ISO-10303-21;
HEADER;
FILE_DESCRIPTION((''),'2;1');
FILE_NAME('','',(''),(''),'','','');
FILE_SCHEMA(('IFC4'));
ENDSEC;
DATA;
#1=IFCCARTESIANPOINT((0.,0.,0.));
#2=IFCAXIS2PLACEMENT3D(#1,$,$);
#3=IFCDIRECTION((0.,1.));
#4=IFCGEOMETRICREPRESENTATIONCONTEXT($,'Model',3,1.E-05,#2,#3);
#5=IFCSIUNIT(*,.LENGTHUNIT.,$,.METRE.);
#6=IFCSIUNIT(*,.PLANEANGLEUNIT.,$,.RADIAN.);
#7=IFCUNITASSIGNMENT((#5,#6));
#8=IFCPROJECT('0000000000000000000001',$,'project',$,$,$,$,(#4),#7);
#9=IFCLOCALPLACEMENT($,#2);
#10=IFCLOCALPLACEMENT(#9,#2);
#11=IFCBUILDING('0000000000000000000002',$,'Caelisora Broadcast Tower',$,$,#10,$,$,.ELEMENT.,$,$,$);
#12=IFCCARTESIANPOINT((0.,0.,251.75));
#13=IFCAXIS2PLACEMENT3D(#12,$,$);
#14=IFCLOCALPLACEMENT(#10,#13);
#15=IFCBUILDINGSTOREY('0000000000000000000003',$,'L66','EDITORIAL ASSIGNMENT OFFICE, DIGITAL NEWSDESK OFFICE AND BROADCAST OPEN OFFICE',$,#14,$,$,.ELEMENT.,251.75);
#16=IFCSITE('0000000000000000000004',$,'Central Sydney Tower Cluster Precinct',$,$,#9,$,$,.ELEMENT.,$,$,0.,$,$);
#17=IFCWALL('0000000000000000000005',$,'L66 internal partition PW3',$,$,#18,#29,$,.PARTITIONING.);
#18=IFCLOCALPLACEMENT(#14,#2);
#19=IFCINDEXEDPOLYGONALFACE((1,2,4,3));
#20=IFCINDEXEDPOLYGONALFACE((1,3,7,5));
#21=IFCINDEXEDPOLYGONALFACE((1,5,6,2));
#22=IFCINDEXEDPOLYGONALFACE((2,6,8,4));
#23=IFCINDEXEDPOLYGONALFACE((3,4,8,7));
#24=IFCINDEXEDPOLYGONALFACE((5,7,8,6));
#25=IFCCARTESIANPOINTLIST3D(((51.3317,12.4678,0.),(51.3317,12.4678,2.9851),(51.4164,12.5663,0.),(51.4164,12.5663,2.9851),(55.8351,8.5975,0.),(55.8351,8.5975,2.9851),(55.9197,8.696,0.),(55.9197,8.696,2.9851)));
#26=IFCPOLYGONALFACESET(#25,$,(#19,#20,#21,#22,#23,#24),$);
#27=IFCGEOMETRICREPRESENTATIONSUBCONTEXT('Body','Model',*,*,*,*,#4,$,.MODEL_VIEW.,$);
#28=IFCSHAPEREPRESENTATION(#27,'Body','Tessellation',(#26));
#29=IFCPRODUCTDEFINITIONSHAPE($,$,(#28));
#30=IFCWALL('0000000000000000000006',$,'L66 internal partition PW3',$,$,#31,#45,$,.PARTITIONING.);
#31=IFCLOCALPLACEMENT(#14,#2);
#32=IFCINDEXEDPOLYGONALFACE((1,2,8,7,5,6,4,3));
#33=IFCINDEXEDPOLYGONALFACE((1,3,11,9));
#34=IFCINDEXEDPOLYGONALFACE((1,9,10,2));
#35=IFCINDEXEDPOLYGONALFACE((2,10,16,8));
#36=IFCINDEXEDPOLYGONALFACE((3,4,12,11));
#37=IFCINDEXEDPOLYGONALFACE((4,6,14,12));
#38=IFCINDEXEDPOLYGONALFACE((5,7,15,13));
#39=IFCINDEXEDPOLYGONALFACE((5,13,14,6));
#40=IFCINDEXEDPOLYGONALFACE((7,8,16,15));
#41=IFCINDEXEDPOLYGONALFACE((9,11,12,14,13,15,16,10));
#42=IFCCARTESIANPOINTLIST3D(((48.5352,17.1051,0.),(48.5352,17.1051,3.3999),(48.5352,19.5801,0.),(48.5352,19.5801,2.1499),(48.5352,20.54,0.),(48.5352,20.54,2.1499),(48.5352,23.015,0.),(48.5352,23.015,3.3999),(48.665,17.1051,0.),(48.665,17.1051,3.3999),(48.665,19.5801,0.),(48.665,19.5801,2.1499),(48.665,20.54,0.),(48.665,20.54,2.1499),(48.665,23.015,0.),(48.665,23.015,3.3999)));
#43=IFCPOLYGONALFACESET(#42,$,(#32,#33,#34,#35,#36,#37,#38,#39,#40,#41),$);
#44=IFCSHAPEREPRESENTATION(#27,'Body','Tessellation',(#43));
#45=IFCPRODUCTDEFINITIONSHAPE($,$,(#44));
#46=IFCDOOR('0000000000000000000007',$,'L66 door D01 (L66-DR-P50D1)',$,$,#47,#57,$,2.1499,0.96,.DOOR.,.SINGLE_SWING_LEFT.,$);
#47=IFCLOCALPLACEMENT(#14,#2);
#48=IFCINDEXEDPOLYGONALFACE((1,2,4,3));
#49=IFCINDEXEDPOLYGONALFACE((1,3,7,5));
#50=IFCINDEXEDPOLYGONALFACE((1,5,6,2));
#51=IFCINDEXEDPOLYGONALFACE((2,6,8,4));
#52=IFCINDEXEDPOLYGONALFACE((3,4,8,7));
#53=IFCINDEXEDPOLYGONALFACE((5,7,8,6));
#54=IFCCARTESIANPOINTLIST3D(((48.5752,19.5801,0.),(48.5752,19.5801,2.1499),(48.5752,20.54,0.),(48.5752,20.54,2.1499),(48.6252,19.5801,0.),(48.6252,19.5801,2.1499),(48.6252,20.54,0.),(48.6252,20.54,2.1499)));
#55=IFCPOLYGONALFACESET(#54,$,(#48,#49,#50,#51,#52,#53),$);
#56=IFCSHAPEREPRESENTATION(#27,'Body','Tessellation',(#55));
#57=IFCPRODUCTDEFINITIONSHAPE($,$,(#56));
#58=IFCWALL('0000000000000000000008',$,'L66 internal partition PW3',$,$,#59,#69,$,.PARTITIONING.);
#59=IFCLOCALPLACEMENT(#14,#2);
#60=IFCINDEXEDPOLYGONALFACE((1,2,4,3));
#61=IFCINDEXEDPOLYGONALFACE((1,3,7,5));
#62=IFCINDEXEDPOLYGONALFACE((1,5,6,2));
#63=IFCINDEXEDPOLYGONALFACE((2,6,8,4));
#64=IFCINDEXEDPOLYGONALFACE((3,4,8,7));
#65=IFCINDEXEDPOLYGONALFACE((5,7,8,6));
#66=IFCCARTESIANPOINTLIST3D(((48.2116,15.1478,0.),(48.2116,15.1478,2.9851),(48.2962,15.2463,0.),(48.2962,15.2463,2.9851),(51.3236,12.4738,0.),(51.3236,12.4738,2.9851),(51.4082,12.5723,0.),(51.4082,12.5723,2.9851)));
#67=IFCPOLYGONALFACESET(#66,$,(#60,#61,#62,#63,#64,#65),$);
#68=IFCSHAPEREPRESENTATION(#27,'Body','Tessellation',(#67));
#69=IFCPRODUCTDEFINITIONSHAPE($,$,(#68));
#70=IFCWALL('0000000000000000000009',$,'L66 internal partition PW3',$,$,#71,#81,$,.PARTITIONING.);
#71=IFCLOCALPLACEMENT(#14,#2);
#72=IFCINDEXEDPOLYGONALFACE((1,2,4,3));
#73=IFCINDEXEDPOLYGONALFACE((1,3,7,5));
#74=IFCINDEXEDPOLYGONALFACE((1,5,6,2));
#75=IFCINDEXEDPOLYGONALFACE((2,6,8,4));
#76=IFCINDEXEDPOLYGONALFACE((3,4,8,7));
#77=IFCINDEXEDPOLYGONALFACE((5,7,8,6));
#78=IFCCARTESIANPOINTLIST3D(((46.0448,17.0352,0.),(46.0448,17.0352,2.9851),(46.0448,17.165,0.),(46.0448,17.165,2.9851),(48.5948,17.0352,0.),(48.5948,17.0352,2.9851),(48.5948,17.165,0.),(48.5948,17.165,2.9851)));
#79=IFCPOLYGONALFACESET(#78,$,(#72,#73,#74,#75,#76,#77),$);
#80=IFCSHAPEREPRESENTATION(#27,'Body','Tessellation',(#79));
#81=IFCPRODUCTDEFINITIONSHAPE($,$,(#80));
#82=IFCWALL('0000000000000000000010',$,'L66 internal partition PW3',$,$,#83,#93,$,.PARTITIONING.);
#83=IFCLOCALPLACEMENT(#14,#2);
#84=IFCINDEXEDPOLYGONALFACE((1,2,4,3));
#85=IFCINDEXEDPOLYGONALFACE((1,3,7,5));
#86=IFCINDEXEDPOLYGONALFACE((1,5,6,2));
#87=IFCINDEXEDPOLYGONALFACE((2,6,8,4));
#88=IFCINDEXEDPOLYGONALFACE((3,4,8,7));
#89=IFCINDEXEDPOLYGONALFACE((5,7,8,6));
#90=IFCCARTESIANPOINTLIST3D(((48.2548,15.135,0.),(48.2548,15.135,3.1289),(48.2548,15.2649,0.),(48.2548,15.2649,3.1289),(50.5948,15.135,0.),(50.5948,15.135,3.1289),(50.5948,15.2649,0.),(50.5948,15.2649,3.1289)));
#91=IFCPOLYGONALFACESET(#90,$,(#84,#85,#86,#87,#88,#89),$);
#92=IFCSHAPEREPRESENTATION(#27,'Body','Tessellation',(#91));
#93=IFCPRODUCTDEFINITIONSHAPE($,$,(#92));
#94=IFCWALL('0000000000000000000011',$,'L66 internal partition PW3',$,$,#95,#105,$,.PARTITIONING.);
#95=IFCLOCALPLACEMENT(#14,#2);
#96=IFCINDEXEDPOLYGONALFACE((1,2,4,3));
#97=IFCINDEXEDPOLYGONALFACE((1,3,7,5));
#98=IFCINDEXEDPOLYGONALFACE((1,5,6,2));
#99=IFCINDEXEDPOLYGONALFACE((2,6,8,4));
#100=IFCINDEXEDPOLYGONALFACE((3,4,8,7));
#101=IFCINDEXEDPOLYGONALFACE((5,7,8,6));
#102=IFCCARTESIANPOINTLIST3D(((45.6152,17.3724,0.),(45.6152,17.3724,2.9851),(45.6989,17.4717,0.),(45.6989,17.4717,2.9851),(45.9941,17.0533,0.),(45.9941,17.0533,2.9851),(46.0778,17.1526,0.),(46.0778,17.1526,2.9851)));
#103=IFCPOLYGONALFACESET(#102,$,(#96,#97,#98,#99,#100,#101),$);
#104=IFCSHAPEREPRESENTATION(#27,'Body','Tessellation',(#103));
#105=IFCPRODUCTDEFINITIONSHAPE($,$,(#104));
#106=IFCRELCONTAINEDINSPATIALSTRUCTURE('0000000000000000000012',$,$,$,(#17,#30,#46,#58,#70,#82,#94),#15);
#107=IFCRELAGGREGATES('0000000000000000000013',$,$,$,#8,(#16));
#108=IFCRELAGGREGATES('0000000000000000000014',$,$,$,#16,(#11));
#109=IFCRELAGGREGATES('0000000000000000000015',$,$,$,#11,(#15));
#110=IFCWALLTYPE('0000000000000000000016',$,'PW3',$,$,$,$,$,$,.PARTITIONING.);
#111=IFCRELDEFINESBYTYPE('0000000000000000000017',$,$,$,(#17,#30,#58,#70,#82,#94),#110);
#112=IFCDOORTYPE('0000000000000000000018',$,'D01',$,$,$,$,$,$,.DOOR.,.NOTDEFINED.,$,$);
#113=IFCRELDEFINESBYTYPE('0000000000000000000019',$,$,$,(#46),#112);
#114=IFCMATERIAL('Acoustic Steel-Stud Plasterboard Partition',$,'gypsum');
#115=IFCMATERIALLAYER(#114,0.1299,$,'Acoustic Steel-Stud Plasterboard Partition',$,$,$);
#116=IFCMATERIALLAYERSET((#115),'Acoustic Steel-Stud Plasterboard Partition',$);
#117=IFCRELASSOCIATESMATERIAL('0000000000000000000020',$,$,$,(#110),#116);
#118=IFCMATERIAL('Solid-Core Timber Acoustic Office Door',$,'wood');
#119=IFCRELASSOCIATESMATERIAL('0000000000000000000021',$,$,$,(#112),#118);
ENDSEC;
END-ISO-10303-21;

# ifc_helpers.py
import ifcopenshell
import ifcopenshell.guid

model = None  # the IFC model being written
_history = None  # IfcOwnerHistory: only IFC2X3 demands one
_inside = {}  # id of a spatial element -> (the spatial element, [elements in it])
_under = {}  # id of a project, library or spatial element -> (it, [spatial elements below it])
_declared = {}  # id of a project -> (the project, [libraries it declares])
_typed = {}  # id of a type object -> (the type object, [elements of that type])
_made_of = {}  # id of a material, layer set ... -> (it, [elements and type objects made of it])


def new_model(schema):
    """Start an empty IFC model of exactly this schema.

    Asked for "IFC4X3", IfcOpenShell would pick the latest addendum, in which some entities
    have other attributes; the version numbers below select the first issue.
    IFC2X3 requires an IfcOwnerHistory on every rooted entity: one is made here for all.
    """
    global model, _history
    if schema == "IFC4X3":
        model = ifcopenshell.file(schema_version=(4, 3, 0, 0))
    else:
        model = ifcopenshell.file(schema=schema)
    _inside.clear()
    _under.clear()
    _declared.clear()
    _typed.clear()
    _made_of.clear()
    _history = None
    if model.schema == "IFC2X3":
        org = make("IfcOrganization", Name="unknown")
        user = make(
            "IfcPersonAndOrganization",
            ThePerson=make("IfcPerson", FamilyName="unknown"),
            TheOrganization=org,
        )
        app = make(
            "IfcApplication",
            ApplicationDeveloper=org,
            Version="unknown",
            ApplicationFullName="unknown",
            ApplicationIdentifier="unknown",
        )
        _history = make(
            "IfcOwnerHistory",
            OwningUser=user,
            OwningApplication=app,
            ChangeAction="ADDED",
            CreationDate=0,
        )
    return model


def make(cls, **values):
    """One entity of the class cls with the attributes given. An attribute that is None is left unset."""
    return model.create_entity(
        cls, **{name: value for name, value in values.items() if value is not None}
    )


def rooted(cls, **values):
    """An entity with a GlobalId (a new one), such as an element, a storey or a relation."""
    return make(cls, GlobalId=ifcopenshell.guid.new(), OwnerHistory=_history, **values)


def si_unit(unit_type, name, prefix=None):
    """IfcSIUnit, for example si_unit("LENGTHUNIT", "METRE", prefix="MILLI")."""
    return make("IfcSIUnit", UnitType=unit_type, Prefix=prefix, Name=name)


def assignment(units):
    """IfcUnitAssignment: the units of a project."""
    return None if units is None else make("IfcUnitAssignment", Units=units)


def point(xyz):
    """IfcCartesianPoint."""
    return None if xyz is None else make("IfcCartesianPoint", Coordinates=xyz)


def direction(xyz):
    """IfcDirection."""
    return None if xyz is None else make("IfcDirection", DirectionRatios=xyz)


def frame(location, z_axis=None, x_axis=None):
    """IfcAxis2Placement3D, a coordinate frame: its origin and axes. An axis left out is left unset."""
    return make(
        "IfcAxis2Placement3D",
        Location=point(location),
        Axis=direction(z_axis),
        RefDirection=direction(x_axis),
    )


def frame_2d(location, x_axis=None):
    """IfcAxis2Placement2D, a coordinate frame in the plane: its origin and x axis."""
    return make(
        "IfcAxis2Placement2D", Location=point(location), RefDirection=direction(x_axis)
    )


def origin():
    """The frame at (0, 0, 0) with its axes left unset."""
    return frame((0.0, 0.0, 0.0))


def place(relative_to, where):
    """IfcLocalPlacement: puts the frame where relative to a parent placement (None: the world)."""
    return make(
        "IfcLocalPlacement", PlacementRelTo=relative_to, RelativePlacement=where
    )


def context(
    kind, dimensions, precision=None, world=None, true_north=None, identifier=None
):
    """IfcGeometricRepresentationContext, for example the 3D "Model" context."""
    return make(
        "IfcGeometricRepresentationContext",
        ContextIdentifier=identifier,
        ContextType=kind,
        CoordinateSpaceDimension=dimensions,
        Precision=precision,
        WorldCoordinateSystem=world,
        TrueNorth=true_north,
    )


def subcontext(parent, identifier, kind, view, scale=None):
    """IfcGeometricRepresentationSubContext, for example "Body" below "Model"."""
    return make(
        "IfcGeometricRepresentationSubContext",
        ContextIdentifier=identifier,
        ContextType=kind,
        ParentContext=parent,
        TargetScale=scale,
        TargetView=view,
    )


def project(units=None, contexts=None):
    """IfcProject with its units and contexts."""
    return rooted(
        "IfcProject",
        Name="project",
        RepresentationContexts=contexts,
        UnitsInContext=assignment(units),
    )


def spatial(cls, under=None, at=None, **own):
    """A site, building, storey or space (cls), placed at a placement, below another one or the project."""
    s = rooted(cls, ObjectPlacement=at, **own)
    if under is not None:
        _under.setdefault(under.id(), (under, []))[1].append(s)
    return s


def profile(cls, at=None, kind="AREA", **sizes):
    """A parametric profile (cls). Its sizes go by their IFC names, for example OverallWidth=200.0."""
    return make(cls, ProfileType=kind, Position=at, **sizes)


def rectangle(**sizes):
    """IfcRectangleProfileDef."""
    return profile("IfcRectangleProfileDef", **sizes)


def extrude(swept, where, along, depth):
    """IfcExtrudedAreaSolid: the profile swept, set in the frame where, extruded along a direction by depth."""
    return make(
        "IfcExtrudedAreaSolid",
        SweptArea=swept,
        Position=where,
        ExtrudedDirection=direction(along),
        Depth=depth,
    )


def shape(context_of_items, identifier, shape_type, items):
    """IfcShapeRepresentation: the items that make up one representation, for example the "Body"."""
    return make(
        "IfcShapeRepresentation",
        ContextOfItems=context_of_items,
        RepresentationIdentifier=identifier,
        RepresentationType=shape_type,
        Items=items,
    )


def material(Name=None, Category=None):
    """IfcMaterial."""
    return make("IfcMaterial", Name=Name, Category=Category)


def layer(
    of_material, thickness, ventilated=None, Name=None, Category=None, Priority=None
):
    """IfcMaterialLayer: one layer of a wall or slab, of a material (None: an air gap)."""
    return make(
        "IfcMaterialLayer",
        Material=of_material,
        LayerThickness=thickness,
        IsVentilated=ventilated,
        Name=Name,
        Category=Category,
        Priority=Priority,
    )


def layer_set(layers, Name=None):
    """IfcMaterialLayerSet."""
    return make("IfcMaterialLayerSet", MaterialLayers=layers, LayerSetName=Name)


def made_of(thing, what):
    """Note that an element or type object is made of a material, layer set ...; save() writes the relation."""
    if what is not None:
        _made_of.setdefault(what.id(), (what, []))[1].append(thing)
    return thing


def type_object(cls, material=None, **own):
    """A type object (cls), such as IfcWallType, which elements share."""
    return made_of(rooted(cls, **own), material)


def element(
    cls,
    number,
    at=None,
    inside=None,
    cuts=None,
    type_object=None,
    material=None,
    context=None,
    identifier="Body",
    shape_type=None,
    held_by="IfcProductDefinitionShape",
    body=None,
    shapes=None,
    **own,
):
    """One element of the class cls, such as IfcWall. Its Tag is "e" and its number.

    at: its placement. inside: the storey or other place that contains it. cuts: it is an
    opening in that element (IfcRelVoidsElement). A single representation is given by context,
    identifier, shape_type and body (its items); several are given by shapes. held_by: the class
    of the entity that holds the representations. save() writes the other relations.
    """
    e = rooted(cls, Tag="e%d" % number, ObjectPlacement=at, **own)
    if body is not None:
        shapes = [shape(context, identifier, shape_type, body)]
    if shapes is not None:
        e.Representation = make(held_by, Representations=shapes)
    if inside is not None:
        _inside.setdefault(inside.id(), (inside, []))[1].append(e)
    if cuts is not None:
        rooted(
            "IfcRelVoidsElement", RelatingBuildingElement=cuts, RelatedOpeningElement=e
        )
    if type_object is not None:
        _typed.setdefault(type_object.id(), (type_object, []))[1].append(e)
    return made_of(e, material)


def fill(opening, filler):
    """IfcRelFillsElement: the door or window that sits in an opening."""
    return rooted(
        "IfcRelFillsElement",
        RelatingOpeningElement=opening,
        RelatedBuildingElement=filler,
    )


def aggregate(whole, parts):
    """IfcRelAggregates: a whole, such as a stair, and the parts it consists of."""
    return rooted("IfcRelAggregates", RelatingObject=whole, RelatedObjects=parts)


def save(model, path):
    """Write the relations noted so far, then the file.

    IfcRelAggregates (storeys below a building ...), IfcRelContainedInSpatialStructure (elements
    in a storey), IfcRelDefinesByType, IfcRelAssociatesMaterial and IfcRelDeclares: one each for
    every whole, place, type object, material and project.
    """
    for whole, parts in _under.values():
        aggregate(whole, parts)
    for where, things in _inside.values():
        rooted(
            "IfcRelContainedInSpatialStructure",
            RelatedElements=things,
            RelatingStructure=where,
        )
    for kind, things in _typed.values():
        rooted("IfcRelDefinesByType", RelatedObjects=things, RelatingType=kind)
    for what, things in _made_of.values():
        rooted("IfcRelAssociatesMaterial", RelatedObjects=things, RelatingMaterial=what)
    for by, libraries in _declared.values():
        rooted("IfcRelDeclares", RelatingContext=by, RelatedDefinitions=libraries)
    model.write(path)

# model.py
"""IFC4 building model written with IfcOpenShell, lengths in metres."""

from ifc_helpers import new_model, si_unit, direction, frame, frame_2d, origin, place, context, subcontext, project, spatial, rectangle, extrude, material, layer, layer_set, type_object, element, fill, save


model = new_model("IFC4")

# Units and contexts
model_context = context("Model", 3, precision=1e-05, world=origin(), true_north=direction((0.0, 1.0)))
body_context = subcontext(model_context, "Body", "Model", "MODEL_VIEW")
ifc_project = project(units=[si_unit("LENGTHUNIT", "METRE"), si_unit("PLANEANGLEUNIT", "RADIAN")], contexts=[model_context])

# Site, building, storey
site_placement = place(None, origin())
site = spatial("IfcSite", under=ifc_project, at=site_placement, Name="Central Sydney Tower Cluster Precinct", CompositionType="ELEMENT", RefElevation=0.0)
building_placement = place(site_placement, origin())
building = spatial("IfcBuilding", under=site, at=building_placement, Name="Caelisora Broadcast Tower", CompositionType="ELEMENT")
storey_placement = place(building_placement, frame((0.0, 0.0, 251.75)))
storey = spatial("IfcBuildingStorey", under=building, at=storey_placement, Name="L66", Description="EDITORIAL ASSIGNMENT OFFICE, DIGITAL NEWSDESK OFFICE AND BROADCAST OPEN OFFICE", CompositionType="ELEMENT", Elevation=251.75)

# Shared definitions
ifc_material_1 = material(Name="Acoustic Steel-Stud Plasterboard Partition", Category="gypsum")
ifc_layer_1 = layer(ifc_material_1, 0.1299, Name="Acoustic Steel-Stud Plasterboard Partition")
ifc_layer_set_1 = layer_set([ifc_layer_1], Name="Acoustic Steel-Stud Plasterboard Partition")
wall_type_1 = type_object("IfcWallType", Name="PW3", PredefinedType="PARTITIONING", material=ifc_layer_set_1)
ifc_material_2 = material(Name="Solid-Core Timber Acoustic Office Door", Category="wood")
door_type = type_object("IfcDoorType", Name="D01", OperationType="NOTDEFINED", PredefinedType="DOOR", material=ifc_material_2)

# Wall
wall_1_placement = place(storey_placement, frame((51.374, 12.5171, 0.0), z_axis=(0.0, 0.0, 1.0), x_axis=(0.7584, -0.65179, 0.0)))
element("IfcWall", 1, at=wall_1_placement, inside=storey, type_object=wall_type_1, Name="L66 internal partition PW3", PredefinedType="PARTITIONING", context=body_context, shape_type="SweptSolid", body=[
    extrude(rectangle(XDim=5.938, YDim=0.1299, at=frame_2d((2.969, 0.0))), origin(), (0.0, 0.0, 1.0), 2.9851),
])

# Wall, opening, door
wall_2_placement = place(storey_placement, frame((48.6001, 17.105, 0.0), z_axis=(0.0, 0.0, 1.0), x_axis=(0.0, 1.0, 0.0)))
wall_2 = element("IfcWall", 2, at=wall_2_placement, inside=storey, type_object=wall_type_1, Name="L66 internal partition PW3", PredefinedType="PARTITIONING", context=body_context, shape_type="SweptSolid", body=[
    extrude(rectangle(XDim=5.9099, YDim=0.1299, at=frame_2d((2.9551, 0.0))), origin(), (0.0, 0.0, 1.0), 3.3999),
])
opening_1_placement = place(wall_2_placement, frame((2.4751, 0.0, 0.0)))
opening_1 = element("IfcOpeningElement", 3, at=opening_1_placement, cuts=wall_2, PredefinedType="OPENING", context=body_context, shape_type="SweptSolid", body=[
    extrude(rectangle(XDim=0.96, YDim=2.1499, at=frame_2d((0.48, 1.075))), frame((0.0, 0.0769, 0.0), z_axis=(0.0, -1.0, 0.0), x_axis=(1.0, 0.0, 0.0)), (0.0, 0.0, 1.0), 0.1538),
])
door_1_placement = place(opening_1_placement, origin())
door_1 = element("IfcDoor", 4, at=door_1_placement, inside=storey, type_object=door_type, Name="L66 door D01 (L66-DR-P50D1)", OperationType="SINGLE_SWING_LEFT", OverallHeight=2.1499, OverallWidth=0.96, PredefinedType="DOOR", context=body_context, shape_type="SweptSolid", body=[
    extrude(rectangle(XDim=0.96, YDim=2.1499, at=frame_2d((0.48, 1.075))), frame((0.0, 0.0249, 0.0), z_axis=(0.0, -1.0, 0.0), x_axis=(1.0, 0.0, 0.0)), (0.0, 0.0, 1.0), 0.05),
])
fill(opening_1, door_1)

# Walls
wall_3_placement = place(storey_placement, frame((48.2539, 15.197, 0.0), z_axis=(0.0, 0.0, 1.0), x_axis=(0.758462, -0.651717, 0.0)))
element("IfcWall", 5, at=wall_3_placement, inside=storey, type_object=wall_type_1, Name="L66 internal partition PW3", PredefinedType="PARTITIONING", context=body_context, shape_type="SweptSolid", body=[
    extrude(rectangle(XDim=4.103, YDim=0.1299, at=frame_2d((2.0515, 0.0))), origin(), (0.0, 0.0, 1.0), 2.9851),
])
wall_4_placement = place(storey_placement, frame((46.0449, 17.1001, 0.0), z_axis=(0.0, 0.0, 1.0), x_axis=(1.0, 0.0, 0.0)))
element("IfcWall", 6, at=wall_4_placement, inside=storey, type_object=wall_type_1, Name="L66 internal partition PW3", PredefinedType="PARTITIONING", context=body_context, shape_type="SweptSolid", body=[
    extrude(rectangle(XDim=2.55, YDim=0.1299, at=frame_2d((1.2749, 0.0))), origin(), (0.0, 0.0, 1.0), 2.9851),
])
wall_5_placement = place(storey_placement, frame((48.2549, 15.2, 0.0), z_axis=(0.0, 0.0, 1.0), x_axis=(1.0, 0.0, 0.0)))
element("IfcWall", 7, at=wall_5_placement, inside=storey, type_object=wall_type_1, Name="L66 internal partition PW3", PredefinedType="PARTITIONING", context=body_context, shape_type="SweptSolid", body=[
    extrude(rectangle(XDim=2.3401, YDim=0.1299, at=frame_2d((1.1699, 0.0))), origin(), (0.0, 0.0, 1.0), 3.1289),
])
wall_6_placement = place(storey_placement, frame((46.0359, 17.103, 0.0), z_axis=(0.0, 0.0, 1.0), x_axis=(-0.764898, 0.644151, 0.0)))
element("IfcWall", 8, at=wall_6_placement, inside=storey, type_object=wall_type_1, Name="L66 internal partition PW3", PredefinedType="PARTITIONING", context=body_context, shape_type="SweptSolid", body=[
    extrude(rectangle(XDim=0.4954, YDim=0.1299, at=frame_2d((0.2476, 0.0))), origin(), (0.0, 0.0, 1.0), 2.9851),
])

save(model, "model.ifc")
